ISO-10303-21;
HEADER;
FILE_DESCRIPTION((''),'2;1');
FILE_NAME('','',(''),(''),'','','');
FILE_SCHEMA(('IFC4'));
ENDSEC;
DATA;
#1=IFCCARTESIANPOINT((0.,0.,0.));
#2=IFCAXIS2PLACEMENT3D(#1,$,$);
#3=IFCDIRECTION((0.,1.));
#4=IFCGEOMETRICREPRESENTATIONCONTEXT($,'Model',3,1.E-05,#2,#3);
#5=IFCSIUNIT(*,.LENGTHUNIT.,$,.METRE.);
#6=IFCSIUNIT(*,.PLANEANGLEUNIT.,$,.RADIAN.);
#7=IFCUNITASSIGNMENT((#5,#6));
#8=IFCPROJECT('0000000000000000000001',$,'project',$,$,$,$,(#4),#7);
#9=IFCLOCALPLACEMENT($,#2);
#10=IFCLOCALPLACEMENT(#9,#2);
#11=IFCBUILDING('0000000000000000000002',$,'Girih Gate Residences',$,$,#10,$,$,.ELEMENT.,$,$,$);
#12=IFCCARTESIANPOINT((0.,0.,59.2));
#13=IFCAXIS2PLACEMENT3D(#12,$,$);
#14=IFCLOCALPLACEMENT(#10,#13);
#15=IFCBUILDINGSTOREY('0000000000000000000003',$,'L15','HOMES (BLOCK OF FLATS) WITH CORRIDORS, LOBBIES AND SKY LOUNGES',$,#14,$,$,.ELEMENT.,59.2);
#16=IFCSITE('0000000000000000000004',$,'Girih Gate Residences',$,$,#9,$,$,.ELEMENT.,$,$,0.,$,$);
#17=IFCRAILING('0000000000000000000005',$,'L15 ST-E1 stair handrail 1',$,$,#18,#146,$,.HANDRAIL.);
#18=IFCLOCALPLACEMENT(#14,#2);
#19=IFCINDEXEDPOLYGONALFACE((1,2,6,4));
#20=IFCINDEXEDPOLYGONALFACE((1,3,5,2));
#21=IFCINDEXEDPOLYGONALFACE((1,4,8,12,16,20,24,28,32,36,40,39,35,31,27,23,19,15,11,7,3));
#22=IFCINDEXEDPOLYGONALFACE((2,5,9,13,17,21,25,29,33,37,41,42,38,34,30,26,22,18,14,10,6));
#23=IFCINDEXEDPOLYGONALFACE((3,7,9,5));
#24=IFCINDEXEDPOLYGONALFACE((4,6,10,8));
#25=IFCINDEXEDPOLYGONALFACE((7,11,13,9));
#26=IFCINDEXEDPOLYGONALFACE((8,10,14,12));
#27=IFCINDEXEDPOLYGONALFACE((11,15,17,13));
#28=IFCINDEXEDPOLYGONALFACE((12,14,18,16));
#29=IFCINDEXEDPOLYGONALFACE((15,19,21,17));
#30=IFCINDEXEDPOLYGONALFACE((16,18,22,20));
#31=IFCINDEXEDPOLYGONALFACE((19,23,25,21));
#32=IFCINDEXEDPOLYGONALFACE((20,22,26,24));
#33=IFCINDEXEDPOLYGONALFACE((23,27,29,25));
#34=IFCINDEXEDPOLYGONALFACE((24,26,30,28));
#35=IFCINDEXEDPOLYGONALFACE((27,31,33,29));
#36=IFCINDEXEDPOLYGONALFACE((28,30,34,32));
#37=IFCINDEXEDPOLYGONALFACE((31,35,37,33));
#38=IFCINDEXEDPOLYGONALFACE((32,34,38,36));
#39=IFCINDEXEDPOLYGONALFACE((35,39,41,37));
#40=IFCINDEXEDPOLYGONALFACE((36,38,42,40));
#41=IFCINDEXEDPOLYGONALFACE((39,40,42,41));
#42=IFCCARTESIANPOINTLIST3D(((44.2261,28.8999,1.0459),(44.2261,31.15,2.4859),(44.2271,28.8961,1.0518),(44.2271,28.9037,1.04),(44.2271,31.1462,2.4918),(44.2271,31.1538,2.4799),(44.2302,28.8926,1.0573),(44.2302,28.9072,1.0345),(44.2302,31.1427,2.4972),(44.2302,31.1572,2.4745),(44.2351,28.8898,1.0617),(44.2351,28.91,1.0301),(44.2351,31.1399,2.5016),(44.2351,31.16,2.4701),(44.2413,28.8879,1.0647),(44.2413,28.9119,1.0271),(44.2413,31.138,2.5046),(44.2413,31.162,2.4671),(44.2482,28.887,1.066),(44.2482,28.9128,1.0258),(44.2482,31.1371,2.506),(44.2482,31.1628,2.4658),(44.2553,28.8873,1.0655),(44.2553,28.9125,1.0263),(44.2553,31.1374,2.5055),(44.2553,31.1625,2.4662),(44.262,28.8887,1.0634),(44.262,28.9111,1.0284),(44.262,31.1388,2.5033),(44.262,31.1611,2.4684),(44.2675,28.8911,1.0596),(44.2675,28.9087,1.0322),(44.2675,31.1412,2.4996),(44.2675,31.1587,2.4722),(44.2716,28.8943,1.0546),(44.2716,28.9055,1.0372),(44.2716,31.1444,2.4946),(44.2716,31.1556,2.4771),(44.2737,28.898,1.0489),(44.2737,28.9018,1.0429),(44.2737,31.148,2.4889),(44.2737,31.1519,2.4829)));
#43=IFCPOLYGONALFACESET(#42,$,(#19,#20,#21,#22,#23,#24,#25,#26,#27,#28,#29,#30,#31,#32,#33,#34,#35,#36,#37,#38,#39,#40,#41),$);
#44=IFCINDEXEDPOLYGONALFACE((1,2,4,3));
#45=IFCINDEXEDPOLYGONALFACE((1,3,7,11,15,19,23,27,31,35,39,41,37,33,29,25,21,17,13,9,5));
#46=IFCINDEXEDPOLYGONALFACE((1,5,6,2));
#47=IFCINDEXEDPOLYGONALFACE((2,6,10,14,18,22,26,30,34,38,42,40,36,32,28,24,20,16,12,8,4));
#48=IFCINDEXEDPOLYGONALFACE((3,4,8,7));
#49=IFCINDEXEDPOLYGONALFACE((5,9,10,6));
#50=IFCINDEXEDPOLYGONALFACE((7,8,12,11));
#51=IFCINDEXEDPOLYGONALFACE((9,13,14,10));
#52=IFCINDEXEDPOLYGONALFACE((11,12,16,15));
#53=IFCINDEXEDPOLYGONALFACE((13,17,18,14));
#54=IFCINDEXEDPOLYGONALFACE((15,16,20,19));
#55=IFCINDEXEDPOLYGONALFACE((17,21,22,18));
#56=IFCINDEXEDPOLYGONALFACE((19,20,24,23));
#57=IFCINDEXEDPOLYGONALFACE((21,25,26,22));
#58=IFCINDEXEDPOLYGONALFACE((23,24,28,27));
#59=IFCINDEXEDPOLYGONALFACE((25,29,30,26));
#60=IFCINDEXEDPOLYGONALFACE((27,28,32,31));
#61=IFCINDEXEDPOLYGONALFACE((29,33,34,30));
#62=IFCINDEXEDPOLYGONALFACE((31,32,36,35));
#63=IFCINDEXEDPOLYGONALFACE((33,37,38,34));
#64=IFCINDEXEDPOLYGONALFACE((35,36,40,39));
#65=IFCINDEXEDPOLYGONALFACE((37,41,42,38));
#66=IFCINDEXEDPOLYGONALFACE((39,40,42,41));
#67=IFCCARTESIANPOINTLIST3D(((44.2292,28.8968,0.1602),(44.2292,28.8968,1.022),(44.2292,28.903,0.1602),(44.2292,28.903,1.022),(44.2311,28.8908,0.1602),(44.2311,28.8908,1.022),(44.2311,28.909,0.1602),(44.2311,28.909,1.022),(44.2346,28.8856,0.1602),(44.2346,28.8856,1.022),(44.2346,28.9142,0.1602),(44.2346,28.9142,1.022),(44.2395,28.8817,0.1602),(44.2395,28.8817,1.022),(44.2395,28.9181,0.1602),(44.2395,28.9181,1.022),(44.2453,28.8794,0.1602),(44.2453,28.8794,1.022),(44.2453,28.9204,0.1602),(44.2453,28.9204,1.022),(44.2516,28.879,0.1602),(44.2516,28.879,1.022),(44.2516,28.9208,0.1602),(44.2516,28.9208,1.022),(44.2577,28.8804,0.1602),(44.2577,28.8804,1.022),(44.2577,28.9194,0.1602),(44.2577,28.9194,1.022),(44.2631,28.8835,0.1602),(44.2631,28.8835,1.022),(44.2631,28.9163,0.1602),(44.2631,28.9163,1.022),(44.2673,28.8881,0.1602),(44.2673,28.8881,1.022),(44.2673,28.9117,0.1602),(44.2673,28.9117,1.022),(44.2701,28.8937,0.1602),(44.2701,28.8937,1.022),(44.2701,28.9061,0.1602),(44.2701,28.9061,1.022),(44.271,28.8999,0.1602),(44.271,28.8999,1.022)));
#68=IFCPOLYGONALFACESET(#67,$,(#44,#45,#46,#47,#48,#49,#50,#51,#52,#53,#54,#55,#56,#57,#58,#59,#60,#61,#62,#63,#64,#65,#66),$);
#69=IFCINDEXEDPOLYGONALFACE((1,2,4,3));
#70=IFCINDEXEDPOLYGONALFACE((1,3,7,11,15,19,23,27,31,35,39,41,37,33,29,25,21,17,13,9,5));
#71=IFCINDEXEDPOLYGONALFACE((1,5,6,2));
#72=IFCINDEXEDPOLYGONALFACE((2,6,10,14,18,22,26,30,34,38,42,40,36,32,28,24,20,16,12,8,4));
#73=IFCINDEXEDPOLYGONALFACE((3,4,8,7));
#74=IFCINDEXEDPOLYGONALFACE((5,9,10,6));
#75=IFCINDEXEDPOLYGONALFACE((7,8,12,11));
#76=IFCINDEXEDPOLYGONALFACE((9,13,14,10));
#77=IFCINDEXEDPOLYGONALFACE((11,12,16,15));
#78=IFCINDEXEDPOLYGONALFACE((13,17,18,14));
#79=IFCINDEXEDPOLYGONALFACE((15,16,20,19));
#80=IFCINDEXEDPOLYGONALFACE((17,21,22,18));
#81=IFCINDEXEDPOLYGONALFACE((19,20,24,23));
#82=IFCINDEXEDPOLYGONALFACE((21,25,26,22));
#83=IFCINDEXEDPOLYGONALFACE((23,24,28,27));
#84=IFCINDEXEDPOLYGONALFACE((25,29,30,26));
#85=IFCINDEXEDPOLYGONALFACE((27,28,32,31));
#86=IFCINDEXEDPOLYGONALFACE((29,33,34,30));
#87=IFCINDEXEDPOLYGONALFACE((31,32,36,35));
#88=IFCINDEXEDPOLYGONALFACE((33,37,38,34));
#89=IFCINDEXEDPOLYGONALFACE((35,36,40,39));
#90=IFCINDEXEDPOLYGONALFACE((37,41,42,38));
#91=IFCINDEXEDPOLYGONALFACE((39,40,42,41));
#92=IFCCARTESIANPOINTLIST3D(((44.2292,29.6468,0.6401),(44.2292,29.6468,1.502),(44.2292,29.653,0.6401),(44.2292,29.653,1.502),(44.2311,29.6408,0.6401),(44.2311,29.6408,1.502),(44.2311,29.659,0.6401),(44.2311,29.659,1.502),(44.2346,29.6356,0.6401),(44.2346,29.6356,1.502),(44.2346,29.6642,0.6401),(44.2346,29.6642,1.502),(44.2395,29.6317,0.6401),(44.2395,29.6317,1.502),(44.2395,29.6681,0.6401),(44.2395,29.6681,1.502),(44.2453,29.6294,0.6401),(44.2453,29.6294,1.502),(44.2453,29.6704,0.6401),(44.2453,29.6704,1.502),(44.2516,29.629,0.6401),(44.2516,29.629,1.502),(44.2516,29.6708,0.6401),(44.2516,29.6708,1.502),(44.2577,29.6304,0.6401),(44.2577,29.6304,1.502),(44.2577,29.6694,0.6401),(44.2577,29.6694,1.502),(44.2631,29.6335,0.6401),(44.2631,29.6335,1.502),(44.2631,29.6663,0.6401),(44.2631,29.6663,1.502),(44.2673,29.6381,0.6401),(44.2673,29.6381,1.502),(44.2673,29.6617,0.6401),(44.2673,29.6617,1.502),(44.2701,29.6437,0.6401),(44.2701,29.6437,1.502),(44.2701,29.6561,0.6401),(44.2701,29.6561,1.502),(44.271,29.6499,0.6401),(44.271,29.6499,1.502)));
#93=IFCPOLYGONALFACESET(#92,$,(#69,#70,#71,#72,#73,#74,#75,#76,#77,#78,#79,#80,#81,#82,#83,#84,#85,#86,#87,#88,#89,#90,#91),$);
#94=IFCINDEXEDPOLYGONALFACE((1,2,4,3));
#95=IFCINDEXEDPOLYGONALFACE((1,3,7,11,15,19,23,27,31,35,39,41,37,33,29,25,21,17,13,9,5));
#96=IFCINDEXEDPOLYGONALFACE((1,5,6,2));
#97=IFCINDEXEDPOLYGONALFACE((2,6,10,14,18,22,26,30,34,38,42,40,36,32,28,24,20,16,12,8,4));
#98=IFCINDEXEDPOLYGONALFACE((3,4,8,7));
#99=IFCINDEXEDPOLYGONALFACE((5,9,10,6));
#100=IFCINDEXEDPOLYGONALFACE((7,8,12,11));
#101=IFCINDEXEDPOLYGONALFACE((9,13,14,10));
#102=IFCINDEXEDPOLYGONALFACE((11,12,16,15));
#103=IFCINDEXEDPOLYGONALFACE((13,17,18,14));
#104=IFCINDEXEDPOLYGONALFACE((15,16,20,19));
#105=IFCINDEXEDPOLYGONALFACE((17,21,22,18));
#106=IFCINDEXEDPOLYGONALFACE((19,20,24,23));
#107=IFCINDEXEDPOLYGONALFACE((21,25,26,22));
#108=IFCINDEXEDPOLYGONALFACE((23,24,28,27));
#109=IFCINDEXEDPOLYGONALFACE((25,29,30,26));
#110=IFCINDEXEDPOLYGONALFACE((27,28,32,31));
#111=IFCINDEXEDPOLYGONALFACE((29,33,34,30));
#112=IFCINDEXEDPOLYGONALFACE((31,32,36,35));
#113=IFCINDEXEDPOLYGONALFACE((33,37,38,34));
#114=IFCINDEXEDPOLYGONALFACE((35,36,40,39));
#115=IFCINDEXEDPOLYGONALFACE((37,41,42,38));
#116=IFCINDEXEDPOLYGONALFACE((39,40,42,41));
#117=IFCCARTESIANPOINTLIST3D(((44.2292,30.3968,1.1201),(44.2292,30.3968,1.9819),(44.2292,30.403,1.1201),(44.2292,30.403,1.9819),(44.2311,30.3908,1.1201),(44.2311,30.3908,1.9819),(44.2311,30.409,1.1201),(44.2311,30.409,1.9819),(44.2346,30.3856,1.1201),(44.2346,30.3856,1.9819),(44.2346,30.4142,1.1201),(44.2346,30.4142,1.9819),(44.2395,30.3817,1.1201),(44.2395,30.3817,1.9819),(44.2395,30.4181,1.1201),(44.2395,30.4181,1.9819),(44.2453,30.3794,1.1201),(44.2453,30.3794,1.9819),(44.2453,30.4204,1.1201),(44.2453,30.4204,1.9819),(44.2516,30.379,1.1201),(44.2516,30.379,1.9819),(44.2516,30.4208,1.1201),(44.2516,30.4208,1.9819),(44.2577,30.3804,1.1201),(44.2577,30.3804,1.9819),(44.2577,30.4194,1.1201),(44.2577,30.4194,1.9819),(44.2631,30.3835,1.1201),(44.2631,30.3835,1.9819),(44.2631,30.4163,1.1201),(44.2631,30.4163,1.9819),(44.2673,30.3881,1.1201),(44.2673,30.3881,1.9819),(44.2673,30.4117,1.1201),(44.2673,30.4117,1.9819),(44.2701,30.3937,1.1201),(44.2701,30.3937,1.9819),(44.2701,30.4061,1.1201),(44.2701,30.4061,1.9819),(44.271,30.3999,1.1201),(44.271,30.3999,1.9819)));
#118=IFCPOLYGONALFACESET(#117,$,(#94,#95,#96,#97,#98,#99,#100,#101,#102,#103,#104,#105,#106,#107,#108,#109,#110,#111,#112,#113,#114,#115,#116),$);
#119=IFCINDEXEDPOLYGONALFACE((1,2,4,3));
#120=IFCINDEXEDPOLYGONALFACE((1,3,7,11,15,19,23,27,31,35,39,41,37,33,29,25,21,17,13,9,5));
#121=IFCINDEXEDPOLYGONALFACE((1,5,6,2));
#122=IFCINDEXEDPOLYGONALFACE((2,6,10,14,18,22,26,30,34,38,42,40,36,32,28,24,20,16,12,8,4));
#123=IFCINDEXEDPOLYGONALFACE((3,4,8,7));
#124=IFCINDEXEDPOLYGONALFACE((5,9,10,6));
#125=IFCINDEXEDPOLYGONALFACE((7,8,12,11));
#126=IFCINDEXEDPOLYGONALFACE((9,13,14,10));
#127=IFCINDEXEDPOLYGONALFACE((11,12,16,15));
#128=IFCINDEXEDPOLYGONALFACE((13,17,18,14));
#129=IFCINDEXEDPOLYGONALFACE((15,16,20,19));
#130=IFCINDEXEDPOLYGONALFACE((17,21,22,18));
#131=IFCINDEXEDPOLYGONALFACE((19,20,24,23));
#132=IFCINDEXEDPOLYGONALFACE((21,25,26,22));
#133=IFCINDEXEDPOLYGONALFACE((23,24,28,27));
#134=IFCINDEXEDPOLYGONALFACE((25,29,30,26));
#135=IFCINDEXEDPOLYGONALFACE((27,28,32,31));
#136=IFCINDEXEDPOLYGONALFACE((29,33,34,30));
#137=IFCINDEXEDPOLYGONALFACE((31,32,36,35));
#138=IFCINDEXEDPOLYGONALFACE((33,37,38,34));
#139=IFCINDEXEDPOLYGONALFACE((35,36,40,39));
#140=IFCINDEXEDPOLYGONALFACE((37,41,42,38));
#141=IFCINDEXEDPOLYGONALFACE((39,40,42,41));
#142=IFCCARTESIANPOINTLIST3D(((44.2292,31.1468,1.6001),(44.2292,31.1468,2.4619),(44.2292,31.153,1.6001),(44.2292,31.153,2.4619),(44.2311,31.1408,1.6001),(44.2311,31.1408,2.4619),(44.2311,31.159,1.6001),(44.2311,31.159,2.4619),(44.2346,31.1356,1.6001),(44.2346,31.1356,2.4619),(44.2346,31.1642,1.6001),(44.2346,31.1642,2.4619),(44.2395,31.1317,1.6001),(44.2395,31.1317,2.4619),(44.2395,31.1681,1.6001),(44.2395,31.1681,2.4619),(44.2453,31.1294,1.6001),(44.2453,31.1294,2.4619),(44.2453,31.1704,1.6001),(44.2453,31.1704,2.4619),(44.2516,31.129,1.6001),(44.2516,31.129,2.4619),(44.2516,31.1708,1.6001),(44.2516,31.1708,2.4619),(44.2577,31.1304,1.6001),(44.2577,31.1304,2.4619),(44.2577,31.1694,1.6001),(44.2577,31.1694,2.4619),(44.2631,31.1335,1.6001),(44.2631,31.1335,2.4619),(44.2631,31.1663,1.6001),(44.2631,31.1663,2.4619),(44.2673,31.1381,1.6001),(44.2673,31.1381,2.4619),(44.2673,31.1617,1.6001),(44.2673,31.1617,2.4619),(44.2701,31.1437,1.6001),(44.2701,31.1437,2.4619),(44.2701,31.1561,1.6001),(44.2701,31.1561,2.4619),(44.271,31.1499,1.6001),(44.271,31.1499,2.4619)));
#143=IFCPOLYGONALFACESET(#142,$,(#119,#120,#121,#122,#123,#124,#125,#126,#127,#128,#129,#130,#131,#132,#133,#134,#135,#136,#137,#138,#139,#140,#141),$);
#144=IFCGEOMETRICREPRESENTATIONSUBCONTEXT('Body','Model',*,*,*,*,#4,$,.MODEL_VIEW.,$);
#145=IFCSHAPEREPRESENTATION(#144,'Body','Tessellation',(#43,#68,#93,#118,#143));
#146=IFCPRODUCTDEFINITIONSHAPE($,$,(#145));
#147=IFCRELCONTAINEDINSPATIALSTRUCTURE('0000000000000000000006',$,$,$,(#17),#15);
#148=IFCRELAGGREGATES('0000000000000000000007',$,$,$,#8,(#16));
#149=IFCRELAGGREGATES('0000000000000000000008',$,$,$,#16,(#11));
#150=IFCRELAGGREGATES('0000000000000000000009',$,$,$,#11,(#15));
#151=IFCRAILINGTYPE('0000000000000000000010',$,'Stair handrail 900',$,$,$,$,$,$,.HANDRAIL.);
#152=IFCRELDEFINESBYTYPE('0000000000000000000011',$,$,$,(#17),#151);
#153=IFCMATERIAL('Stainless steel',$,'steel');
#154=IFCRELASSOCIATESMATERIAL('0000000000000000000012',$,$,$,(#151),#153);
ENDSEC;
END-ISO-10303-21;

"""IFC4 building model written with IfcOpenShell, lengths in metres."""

from ifc_helpers import new_model, si_unit, direction, frame, origin, origin_2d, place, context, subcontext, project, spatial, circle, extrude, material, type_object, element, save


model = new_model("IFC4")

# Units and contexts
model_context = context("Model", 3, precision=1e-05, world=origin(), true_north=direction((0.0, 1.0)))
body_context = subcontext(model_context, "Body", "Model", "MODEL_VIEW")
ifc_project = project(units=[si_unit("LENGTHUNIT", "METRE"), si_unit("PLANEANGLEUNIT", "RADIAN")], contexts=[model_context])

# Site, building, storey
site_placement = place(None, origin())
site = spatial("IfcSite", under=ifc_project, at=site_placement, Name="Girih Gate Residences", CompositionType="ELEMENT", RefElevation=0.0)
building_placement = place(site_placement, origin())
building = spatial("IfcBuilding", under=site, at=building_placement, Name="Girih Gate Residences", CompositionType="ELEMENT")
storey_placement = place(building_placement, frame((0.0, 0.0, 59.2)))
storey = spatial("IfcBuildingStorey", under=building, at=storey_placement, Name="L15", Description="HOMES (BLOCK OF FLATS) WITH CORRIDORS, LOBBIES AND SKY LOUNGES", CompositionType="ELEMENT", Elevation=59.2)

# Railing
ifc_material_1 = material(Name="Stainless steel", Category="steel")
railing_type_1 = type_object("IfcRailingType", Name="Stair handrail 900", PredefinedType="HANDRAIL", material=ifc_material_1)
railing_1_placement = place(storey_placement, frame((44.25, 28.8999, 0.1602)))
element("IfcRailing", 1, at=railing_1_placement, inside=storey, type_object=railing_type_1, Name="L15 ST-E1 stair handrail 1", PredefinedType="HANDRAIL", context=body_context, shape_type="SweptSolid", body=[
    extrude(circle(Radius=0.0239, at=origin_2d()), frame((0.0, 0.0, 0.8857), z_axis=(0.0, 0.842281, 0.539038), x_axis=(-1.0, 0.0, 0.0)), (0.0, 0.0, 1.0), 2.6714),
    extrude(circle(Radius=0.021, at=origin_2d()), origin(), (0.0, 0.0, 1.0), 0.8618),
    extrude(circle(Radius=0.021, at=origin_2d()), frame((0.0, 0.75, 0.48)), (0.0, 0.0, 1.0), 0.8618),
    extrude(circle(Radius=0.021, at=origin_2d()), frame((0.0, 1.5, 0.96)), (0.0, 0.0, 1.0), 0.8618),
    extrude(circle(Radius=0.021, at=origin_2d()), frame((0.0, 2.25, 1.4399)), (0.0, 0.0, 1.0), 0.8618),
])

save(model, "model.ifc")
